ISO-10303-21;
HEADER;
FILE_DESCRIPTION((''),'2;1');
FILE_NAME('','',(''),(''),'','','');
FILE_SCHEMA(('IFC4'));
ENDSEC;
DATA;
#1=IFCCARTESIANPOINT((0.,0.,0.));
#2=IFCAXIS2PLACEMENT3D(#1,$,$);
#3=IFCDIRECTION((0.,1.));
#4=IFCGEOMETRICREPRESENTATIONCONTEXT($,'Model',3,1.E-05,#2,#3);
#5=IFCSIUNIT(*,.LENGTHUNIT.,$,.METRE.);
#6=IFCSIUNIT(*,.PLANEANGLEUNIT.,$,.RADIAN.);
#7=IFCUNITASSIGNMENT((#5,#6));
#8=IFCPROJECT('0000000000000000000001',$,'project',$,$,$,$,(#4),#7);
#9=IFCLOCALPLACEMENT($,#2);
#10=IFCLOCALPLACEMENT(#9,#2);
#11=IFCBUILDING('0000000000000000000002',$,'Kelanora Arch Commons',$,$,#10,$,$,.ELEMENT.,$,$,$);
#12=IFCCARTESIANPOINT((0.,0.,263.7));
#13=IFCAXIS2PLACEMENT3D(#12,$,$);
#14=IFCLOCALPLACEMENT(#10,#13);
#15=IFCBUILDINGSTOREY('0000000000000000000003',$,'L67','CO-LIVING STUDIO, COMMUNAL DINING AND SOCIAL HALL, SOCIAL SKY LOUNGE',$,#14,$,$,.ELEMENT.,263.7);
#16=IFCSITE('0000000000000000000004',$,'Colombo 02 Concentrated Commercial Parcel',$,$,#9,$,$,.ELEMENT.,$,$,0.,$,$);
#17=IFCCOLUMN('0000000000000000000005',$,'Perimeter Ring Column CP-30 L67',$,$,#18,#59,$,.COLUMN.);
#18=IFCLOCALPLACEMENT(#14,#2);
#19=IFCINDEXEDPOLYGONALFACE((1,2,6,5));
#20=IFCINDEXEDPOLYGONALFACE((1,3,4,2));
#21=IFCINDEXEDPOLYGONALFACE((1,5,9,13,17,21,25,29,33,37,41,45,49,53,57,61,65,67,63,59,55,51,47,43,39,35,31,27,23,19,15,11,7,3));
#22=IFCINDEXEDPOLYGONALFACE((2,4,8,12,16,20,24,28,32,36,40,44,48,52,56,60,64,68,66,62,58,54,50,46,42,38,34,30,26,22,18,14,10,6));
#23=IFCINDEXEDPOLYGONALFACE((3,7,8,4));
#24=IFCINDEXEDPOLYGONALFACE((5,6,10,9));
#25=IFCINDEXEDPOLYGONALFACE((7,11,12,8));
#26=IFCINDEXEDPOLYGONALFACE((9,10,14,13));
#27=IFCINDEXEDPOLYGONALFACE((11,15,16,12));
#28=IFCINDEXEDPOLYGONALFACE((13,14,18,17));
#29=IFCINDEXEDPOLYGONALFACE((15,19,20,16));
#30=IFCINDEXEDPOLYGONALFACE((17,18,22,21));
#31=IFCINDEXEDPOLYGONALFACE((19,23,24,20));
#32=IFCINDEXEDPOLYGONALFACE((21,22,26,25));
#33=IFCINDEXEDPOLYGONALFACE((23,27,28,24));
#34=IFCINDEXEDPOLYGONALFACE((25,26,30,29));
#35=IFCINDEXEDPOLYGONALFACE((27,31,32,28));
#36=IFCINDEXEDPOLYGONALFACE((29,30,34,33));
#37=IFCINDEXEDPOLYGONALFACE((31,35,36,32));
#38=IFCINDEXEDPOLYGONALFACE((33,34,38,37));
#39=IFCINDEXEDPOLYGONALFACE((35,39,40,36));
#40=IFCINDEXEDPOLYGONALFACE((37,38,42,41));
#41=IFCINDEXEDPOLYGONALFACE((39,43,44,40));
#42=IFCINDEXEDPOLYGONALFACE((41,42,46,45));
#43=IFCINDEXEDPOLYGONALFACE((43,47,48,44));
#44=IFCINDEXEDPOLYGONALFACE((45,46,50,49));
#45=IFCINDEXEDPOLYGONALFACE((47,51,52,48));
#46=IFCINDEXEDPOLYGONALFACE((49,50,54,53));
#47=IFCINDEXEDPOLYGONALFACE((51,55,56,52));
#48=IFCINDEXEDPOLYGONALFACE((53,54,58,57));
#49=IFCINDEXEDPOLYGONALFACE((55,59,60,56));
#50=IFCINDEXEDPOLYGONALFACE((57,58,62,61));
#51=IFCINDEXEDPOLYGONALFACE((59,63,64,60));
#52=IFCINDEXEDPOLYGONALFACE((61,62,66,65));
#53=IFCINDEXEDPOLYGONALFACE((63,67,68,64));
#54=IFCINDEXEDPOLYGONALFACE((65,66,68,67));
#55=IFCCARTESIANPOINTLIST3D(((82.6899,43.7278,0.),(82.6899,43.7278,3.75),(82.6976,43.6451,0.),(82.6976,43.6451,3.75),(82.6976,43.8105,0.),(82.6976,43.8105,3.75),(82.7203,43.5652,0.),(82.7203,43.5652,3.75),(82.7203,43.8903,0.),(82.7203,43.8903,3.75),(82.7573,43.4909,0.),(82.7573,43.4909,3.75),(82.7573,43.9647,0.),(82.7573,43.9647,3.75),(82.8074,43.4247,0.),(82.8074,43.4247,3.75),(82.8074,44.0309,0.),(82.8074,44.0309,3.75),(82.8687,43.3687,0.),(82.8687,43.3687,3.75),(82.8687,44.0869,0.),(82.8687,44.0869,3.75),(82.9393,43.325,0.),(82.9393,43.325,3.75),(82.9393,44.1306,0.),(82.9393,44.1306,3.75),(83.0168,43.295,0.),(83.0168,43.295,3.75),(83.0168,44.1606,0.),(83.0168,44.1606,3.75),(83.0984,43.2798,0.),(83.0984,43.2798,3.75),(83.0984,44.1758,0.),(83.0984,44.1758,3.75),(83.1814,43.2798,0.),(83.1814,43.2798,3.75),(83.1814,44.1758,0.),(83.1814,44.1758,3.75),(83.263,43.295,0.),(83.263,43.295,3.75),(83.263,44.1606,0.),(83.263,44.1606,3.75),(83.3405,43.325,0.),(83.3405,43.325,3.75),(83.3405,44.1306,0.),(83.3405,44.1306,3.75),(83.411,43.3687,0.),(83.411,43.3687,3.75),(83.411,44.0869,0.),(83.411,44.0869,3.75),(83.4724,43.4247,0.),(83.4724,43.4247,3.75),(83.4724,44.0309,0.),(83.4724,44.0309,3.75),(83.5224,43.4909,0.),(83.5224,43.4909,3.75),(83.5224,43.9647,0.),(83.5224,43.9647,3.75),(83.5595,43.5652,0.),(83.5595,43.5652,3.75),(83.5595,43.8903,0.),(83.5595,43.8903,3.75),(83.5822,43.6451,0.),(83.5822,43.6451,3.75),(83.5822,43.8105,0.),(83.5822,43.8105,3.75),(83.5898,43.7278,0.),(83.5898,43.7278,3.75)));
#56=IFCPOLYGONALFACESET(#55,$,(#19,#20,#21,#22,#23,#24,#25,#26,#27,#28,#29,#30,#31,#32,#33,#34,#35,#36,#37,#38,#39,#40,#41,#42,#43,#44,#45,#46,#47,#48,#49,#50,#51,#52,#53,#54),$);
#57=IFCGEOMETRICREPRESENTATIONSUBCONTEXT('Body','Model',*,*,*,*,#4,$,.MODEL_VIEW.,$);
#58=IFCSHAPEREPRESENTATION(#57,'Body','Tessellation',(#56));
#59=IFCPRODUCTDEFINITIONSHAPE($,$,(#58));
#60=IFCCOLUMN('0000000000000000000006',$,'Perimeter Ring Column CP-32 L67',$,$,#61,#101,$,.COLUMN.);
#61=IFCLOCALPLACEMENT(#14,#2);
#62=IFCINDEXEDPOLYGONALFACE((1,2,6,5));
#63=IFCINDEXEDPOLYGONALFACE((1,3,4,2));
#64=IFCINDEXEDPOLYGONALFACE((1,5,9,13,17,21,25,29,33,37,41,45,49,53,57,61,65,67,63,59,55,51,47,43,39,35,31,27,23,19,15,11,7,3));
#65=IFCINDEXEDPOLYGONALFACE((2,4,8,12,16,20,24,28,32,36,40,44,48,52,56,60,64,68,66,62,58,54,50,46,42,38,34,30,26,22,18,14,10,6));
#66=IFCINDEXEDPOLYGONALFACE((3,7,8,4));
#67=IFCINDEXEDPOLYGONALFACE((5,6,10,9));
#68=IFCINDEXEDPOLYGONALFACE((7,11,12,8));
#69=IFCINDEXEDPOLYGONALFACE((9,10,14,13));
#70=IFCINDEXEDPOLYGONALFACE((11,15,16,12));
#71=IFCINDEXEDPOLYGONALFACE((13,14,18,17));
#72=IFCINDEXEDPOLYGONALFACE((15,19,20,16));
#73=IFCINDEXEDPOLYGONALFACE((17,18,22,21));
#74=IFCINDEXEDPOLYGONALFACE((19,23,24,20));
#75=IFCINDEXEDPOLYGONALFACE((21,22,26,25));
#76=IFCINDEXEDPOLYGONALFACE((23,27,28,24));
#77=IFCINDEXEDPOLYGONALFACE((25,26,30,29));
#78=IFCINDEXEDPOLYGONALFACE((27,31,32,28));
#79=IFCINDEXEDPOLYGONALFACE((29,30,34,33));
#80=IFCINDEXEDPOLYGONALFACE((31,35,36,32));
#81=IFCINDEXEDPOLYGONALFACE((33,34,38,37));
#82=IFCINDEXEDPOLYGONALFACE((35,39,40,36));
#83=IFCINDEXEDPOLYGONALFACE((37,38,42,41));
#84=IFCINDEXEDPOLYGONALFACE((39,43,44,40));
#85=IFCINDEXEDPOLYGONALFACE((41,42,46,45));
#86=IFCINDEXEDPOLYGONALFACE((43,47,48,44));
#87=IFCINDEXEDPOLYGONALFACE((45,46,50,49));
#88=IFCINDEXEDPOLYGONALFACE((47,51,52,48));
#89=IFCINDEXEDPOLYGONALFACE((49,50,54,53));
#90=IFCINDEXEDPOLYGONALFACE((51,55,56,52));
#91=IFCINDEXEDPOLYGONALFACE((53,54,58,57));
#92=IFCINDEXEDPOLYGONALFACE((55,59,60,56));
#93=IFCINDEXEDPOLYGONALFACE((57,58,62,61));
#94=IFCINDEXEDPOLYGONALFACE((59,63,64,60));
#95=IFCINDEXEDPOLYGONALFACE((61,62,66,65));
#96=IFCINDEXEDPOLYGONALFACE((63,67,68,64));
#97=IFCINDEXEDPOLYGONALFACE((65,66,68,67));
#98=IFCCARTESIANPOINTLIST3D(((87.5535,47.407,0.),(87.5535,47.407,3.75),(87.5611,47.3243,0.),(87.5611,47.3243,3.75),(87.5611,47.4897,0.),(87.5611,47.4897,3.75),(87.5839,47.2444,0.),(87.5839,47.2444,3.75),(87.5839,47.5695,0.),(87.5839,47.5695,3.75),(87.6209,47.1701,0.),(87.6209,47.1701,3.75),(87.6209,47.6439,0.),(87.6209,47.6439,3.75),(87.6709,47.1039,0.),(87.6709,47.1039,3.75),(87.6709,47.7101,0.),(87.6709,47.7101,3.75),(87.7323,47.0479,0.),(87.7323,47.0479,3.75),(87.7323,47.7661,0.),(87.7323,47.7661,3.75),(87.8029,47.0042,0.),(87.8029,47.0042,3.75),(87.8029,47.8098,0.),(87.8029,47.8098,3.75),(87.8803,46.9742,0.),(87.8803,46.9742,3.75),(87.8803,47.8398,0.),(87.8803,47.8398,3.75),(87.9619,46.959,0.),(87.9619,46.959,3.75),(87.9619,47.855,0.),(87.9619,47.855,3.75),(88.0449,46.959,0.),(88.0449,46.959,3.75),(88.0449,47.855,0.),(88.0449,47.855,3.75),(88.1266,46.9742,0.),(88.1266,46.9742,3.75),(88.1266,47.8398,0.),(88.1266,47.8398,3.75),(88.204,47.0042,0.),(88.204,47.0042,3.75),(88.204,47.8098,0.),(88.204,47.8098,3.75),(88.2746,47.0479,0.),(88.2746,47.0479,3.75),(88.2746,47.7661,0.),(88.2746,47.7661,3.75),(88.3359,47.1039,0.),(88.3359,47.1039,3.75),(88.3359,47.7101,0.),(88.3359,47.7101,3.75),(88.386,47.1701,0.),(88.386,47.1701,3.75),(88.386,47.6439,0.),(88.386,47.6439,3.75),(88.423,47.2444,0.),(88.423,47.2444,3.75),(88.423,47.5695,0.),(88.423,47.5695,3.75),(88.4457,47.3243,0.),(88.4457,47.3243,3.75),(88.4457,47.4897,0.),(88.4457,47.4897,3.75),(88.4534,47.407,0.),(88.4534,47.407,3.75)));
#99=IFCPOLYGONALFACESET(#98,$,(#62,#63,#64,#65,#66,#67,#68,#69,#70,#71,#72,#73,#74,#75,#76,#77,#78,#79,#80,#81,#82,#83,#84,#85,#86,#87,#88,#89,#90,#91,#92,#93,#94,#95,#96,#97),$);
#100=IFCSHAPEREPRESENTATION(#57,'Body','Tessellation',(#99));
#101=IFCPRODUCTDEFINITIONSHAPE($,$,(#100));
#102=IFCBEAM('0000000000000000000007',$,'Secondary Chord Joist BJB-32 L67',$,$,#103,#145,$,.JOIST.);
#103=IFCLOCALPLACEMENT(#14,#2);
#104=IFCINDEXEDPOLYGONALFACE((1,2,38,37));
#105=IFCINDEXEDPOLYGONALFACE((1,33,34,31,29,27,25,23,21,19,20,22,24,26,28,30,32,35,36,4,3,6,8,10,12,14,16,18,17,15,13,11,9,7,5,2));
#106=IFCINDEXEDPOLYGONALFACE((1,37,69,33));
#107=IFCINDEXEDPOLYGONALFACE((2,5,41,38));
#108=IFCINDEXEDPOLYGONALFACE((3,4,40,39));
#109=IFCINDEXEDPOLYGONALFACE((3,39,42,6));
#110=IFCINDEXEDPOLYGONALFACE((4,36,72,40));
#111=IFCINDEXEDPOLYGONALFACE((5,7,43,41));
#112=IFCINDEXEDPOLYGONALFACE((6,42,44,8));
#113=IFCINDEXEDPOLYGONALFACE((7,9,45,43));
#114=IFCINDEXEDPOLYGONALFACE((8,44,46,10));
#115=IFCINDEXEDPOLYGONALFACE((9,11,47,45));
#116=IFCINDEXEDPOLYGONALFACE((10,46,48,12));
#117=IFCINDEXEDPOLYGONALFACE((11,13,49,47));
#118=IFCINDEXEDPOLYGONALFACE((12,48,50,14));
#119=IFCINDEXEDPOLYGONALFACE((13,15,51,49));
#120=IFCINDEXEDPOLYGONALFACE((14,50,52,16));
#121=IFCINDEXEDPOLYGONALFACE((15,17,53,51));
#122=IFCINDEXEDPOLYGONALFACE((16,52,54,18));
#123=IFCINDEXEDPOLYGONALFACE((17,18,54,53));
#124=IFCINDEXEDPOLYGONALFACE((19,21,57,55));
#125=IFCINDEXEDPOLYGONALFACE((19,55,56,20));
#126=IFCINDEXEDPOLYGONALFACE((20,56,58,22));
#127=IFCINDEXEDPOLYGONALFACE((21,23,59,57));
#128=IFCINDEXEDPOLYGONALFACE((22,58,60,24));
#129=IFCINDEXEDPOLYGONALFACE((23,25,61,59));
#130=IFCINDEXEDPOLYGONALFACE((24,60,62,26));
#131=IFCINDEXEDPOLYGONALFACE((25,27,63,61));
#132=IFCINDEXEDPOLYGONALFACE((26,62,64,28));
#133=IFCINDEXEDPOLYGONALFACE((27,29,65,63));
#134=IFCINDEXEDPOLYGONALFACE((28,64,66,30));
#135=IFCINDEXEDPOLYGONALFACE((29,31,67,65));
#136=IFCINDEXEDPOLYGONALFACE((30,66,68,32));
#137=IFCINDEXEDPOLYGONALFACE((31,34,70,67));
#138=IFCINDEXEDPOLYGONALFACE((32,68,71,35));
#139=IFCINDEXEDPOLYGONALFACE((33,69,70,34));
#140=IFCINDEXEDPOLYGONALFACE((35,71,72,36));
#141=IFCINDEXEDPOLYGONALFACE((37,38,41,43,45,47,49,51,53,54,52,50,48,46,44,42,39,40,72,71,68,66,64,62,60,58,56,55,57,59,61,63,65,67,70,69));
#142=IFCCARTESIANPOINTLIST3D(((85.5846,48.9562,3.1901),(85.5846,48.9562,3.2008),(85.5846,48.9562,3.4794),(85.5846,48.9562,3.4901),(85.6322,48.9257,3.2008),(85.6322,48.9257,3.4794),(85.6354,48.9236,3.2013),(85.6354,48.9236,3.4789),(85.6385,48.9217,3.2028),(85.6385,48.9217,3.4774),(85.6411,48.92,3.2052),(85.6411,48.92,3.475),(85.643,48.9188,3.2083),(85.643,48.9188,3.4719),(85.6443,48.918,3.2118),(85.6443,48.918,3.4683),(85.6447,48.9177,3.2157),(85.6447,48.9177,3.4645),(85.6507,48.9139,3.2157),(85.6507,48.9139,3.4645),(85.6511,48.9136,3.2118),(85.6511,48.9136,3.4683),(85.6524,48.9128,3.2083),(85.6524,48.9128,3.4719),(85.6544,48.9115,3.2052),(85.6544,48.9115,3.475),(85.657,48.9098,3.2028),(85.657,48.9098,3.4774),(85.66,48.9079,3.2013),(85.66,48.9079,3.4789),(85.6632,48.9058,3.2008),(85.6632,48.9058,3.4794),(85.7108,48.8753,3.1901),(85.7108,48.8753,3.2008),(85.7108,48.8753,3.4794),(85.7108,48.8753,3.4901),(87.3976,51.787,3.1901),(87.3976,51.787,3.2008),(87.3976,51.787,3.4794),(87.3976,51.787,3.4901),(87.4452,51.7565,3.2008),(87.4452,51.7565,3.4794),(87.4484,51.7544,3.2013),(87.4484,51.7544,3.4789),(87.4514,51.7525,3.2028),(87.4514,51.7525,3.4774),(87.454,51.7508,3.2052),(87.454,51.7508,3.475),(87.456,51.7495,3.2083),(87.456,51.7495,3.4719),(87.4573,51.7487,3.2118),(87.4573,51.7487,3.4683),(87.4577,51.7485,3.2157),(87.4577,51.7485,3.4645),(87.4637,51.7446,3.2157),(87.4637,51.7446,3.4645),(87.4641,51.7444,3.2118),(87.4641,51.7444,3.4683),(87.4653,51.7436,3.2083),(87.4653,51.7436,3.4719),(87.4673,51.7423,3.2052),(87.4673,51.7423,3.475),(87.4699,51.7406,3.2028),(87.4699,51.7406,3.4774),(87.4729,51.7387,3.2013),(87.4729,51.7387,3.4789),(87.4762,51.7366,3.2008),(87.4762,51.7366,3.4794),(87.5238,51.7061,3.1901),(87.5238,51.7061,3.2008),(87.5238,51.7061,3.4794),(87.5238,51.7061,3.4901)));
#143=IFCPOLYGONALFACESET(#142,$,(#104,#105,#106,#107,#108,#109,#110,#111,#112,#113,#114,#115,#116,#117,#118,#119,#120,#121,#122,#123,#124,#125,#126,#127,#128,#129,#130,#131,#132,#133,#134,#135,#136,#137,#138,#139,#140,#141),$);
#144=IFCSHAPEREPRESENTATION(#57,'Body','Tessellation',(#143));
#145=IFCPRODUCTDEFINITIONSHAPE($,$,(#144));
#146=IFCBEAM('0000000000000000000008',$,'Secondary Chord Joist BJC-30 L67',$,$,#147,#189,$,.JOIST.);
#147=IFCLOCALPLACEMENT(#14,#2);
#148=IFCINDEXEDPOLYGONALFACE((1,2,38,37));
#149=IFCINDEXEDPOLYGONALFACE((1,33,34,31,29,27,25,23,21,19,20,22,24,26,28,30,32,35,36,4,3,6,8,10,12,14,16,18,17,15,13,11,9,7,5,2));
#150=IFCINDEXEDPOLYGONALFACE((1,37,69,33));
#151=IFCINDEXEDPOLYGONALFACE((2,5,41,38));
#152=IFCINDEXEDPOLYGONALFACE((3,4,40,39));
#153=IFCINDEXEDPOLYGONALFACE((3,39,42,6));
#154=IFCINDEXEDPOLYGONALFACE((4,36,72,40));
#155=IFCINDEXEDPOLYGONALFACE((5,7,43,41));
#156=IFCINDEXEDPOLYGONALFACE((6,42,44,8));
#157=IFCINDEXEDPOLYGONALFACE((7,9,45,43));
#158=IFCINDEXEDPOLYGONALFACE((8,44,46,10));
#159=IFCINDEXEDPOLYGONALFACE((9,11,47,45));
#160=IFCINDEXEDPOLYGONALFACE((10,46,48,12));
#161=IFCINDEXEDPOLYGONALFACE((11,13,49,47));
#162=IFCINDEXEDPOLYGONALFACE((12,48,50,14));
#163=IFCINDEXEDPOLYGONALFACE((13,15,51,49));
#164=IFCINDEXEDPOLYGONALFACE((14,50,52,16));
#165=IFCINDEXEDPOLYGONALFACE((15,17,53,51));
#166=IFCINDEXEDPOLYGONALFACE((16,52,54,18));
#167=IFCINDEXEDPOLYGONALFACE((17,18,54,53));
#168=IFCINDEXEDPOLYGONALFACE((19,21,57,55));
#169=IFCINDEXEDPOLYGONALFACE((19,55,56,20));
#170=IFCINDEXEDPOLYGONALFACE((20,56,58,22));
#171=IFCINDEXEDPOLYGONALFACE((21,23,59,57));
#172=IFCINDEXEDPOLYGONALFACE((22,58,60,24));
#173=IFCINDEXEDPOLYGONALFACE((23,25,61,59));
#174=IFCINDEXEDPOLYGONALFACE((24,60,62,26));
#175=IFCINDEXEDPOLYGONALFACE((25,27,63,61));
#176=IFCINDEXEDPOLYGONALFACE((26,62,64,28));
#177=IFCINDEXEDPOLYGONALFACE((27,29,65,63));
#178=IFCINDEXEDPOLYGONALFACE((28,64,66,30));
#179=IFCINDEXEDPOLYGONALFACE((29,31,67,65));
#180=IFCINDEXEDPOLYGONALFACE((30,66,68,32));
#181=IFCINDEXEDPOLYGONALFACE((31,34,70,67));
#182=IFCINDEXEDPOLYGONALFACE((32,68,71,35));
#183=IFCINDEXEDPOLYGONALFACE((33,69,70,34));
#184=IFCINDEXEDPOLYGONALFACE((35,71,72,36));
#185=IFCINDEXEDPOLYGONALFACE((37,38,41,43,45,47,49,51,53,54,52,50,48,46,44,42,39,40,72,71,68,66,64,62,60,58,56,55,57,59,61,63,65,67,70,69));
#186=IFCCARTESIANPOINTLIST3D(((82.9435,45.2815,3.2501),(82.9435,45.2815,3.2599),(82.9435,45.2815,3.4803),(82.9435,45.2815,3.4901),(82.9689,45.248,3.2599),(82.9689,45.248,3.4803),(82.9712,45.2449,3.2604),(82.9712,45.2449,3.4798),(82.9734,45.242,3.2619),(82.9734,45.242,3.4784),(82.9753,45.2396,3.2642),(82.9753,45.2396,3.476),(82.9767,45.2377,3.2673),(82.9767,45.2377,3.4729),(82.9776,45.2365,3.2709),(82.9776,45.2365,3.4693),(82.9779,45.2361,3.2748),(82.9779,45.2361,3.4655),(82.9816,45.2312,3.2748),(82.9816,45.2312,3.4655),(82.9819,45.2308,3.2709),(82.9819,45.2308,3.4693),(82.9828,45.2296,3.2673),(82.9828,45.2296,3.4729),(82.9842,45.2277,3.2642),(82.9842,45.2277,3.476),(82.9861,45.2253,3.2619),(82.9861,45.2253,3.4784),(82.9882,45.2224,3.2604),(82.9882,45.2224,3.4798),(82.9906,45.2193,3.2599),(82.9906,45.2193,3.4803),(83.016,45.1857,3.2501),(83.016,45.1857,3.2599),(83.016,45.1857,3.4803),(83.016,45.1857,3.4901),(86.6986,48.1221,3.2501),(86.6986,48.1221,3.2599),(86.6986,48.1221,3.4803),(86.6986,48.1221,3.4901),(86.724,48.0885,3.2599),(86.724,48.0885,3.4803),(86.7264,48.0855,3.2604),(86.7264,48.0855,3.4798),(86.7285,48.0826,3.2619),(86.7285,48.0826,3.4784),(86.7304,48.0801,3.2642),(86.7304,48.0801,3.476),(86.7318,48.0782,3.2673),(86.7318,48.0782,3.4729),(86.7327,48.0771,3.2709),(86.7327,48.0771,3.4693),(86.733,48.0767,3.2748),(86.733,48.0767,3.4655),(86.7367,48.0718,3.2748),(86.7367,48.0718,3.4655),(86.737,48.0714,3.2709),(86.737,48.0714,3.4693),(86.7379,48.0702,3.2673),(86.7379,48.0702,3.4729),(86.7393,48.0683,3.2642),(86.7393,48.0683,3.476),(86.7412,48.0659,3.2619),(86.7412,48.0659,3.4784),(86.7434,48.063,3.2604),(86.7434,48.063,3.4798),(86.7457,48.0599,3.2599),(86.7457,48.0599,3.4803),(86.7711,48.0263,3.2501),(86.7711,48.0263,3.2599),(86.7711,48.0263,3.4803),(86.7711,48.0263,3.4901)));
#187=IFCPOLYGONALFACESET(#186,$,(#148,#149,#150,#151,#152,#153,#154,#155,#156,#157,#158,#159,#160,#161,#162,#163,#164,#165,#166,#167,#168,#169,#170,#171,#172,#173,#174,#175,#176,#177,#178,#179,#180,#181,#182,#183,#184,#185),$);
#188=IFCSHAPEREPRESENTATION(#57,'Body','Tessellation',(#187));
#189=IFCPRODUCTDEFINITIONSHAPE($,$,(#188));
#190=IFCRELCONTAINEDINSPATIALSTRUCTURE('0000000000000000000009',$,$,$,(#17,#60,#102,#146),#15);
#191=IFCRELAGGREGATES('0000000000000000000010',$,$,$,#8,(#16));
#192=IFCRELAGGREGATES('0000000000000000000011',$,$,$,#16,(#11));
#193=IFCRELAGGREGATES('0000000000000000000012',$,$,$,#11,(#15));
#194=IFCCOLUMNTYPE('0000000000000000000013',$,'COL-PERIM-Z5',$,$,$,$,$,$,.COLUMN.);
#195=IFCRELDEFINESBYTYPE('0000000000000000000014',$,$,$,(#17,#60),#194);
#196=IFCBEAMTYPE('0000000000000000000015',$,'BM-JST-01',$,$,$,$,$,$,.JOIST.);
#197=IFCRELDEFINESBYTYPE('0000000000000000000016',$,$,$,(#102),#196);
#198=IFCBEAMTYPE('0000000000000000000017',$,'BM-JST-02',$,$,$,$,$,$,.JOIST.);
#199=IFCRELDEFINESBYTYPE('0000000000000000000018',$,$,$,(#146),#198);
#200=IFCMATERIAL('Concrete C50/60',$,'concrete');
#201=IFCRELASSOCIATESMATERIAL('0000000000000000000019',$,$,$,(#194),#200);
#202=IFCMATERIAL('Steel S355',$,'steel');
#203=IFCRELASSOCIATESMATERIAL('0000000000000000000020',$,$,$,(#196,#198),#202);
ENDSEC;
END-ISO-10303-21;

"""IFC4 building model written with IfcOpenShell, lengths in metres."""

from ifc_helpers import new_model, si_unit, direction, frame, origin, origin_2d, place, context, subcontext, project, spatial, circle, i_section, extrude, material, material_profile, profile_set, type_object, element, save


model = new_model("IFC4")

# Units and contexts
model_context = context("Model", 3, precision=1e-05, world=origin(), true_north=direction((0.0, 1.0)))
body_context = subcontext(model_context, "Body", "Model", "MODEL_VIEW")
ifc_project = project(units=[si_unit("LENGTHUNIT", "METRE"), si_unit("PLANEANGLEUNIT", "RADIAN")], contexts=[model_context])

# Site, building, storey
site_placement = place(None, origin())
site = spatial("IfcSite", under=ifc_project, at=site_placement, Name="Colombo 02 Concentrated Commercial Parcel", CompositionType="ELEMENT", RefElevation=0.0)
building_placement = place(site_placement, origin())
building = spatial("IfcBuilding", under=site, at=building_placement, Name="Kelanora Arch Commons", CompositionType="ELEMENT")
storey_placement = place(building_placement, frame((0.0, 0.0, 263.7)))
storey = spatial("IfcBuildingStorey", under=building, at=storey_placement, Name="L67", Description="CO-LIVING STUDIO, COMMUNAL DINING AND SOCIAL HALL, SOCIAL SKY LOUNGE", CompositionType="ELEMENT", Elevation=263.7)

# Columns
ifc_material_1 = material(Name="Concrete C50/60", Category="concrete")
ifc_material_profile_1 = material_profile(ifc_material_1, circle(Radius=0.45, at=origin_2d()), Name="RCC900")
ifc_profile_set_1 = profile_set([ifc_material_profile_1], Name="Concrete C50/60")
column_type = type_object("IfcColumnType", Name="COL-PERIM-Z5", PredefinedType="COLUMN", material=ifc_profile_set_1)
for number, where, z_axis, x_axis, name in (
    (1, (83.1399, 43.7278, 0.0), (0.0, 0.0, 1.0), (1.0, 0.0, 0.0), "Perimeter Ring Column CP-30 L67"),
    (2, (88.0034, 47.407, 0.0), (0.0, 0.0, 1.0), (1.0, 0.0, 0.0), "Perimeter Ring Column CP-32 L67"),
):
    element("IfcColumn", number, at=place(storey_placement, frame(where, z_axis=z_axis, x_axis=x_axis)), inside=storey, type_object=column_type, Name=name, PredefinedType="COLUMN", context=body_context, shape_type="SweptSolid", body=[
        extrude(circle(Radius=0.45, at=origin_2d()), origin(), (0.0, 0.0, 1.0), 3.75),
    ])

# Beams
ifc_material_2 = material(Name="Steel S355", Category="steel")
ifc_material_profile_2 = material_profile(ifc_material_2, i_section(OverallWidth=0.1499, OverallDepth=0.3, WebThickness=0.0071, FlangeThickness=0.0107, FilletRadius=0.0149, at=origin_2d()), Name="IPE300")
ifc_profile_set_2 = profile_set([ifc_material_profile_2], Name="Steel S355")
beam_type_1 = type_object("IfcBeamType", Name="BM-JST-01", PredefinedType="JOIST", material=ifc_profile_set_2)
beam_1_placement = place(storey_placement, frame((85.6477, 48.9158, 3.3401), z_axis=(0.539322, 0.8421, 0.0), x_axis=(-0.8421, 0.539322, 0.0)))
element("IfcBeam", 3, at=beam_1_placement, inside=storey, type_object=beam_type_1, Name="Secondary Chord Joist BJB-32 L67", PredefinedType="JOIST", context=body_context, shape_type="SweptSolid", body=[
    extrude(i_section(OverallWidth=0.1499, OverallDepth=0.3, WebThickness=0.0071, FlangeThickness=0.0107, FilletRadius=0.0149, at=origin_2d()), origin(), (0.0, 0.0, 1.0), 3.3616),
])
ifc_material_profile_3 = material_profile(ifc_material_2, i_section(OverallWidth=0.1201, OverallDepth=0.24, WebThickness=0.0061, FlangeThickness=0.0098, FilletRadius=0.0149, at=origin_2d()), Name="IPE240")
ifc_profile_set_3 = profile_set([ifc_material_profile_3], Name="Steel S355")
beam_type_2 = type_object("IfcBeamType", Name="BM-JST-02", PredefinedType="JOIST", material=ifc_profile_set_3)
beam_2_placement = place(storey_placement, frame((82.9797, 45.2336, 3.3701), z_axis=(0.797523, 0.603289, 0.0), x_axis=(-0.603289, 0.797523, 0.0)))
element("IfcBeam", 4, at=beam_2_placement, inside=storey, type_object=beam_type_2, Name="Secondary Chord Joist BJC-30 L67", PredefinedType="JOIST", context=body_context, shape_type="SweptSolid", body=[
    extrude(i_section(OverallWidth=0.1201, OverallDepth=0.24, WebThickness=0.0061, FlangeThickness=0.0098, FilletRadius=0.0149, at=origin_2d()), origin(), (0.0, 0.0, 1.0), 4.7085),
])

save(model, "model.ifc")
